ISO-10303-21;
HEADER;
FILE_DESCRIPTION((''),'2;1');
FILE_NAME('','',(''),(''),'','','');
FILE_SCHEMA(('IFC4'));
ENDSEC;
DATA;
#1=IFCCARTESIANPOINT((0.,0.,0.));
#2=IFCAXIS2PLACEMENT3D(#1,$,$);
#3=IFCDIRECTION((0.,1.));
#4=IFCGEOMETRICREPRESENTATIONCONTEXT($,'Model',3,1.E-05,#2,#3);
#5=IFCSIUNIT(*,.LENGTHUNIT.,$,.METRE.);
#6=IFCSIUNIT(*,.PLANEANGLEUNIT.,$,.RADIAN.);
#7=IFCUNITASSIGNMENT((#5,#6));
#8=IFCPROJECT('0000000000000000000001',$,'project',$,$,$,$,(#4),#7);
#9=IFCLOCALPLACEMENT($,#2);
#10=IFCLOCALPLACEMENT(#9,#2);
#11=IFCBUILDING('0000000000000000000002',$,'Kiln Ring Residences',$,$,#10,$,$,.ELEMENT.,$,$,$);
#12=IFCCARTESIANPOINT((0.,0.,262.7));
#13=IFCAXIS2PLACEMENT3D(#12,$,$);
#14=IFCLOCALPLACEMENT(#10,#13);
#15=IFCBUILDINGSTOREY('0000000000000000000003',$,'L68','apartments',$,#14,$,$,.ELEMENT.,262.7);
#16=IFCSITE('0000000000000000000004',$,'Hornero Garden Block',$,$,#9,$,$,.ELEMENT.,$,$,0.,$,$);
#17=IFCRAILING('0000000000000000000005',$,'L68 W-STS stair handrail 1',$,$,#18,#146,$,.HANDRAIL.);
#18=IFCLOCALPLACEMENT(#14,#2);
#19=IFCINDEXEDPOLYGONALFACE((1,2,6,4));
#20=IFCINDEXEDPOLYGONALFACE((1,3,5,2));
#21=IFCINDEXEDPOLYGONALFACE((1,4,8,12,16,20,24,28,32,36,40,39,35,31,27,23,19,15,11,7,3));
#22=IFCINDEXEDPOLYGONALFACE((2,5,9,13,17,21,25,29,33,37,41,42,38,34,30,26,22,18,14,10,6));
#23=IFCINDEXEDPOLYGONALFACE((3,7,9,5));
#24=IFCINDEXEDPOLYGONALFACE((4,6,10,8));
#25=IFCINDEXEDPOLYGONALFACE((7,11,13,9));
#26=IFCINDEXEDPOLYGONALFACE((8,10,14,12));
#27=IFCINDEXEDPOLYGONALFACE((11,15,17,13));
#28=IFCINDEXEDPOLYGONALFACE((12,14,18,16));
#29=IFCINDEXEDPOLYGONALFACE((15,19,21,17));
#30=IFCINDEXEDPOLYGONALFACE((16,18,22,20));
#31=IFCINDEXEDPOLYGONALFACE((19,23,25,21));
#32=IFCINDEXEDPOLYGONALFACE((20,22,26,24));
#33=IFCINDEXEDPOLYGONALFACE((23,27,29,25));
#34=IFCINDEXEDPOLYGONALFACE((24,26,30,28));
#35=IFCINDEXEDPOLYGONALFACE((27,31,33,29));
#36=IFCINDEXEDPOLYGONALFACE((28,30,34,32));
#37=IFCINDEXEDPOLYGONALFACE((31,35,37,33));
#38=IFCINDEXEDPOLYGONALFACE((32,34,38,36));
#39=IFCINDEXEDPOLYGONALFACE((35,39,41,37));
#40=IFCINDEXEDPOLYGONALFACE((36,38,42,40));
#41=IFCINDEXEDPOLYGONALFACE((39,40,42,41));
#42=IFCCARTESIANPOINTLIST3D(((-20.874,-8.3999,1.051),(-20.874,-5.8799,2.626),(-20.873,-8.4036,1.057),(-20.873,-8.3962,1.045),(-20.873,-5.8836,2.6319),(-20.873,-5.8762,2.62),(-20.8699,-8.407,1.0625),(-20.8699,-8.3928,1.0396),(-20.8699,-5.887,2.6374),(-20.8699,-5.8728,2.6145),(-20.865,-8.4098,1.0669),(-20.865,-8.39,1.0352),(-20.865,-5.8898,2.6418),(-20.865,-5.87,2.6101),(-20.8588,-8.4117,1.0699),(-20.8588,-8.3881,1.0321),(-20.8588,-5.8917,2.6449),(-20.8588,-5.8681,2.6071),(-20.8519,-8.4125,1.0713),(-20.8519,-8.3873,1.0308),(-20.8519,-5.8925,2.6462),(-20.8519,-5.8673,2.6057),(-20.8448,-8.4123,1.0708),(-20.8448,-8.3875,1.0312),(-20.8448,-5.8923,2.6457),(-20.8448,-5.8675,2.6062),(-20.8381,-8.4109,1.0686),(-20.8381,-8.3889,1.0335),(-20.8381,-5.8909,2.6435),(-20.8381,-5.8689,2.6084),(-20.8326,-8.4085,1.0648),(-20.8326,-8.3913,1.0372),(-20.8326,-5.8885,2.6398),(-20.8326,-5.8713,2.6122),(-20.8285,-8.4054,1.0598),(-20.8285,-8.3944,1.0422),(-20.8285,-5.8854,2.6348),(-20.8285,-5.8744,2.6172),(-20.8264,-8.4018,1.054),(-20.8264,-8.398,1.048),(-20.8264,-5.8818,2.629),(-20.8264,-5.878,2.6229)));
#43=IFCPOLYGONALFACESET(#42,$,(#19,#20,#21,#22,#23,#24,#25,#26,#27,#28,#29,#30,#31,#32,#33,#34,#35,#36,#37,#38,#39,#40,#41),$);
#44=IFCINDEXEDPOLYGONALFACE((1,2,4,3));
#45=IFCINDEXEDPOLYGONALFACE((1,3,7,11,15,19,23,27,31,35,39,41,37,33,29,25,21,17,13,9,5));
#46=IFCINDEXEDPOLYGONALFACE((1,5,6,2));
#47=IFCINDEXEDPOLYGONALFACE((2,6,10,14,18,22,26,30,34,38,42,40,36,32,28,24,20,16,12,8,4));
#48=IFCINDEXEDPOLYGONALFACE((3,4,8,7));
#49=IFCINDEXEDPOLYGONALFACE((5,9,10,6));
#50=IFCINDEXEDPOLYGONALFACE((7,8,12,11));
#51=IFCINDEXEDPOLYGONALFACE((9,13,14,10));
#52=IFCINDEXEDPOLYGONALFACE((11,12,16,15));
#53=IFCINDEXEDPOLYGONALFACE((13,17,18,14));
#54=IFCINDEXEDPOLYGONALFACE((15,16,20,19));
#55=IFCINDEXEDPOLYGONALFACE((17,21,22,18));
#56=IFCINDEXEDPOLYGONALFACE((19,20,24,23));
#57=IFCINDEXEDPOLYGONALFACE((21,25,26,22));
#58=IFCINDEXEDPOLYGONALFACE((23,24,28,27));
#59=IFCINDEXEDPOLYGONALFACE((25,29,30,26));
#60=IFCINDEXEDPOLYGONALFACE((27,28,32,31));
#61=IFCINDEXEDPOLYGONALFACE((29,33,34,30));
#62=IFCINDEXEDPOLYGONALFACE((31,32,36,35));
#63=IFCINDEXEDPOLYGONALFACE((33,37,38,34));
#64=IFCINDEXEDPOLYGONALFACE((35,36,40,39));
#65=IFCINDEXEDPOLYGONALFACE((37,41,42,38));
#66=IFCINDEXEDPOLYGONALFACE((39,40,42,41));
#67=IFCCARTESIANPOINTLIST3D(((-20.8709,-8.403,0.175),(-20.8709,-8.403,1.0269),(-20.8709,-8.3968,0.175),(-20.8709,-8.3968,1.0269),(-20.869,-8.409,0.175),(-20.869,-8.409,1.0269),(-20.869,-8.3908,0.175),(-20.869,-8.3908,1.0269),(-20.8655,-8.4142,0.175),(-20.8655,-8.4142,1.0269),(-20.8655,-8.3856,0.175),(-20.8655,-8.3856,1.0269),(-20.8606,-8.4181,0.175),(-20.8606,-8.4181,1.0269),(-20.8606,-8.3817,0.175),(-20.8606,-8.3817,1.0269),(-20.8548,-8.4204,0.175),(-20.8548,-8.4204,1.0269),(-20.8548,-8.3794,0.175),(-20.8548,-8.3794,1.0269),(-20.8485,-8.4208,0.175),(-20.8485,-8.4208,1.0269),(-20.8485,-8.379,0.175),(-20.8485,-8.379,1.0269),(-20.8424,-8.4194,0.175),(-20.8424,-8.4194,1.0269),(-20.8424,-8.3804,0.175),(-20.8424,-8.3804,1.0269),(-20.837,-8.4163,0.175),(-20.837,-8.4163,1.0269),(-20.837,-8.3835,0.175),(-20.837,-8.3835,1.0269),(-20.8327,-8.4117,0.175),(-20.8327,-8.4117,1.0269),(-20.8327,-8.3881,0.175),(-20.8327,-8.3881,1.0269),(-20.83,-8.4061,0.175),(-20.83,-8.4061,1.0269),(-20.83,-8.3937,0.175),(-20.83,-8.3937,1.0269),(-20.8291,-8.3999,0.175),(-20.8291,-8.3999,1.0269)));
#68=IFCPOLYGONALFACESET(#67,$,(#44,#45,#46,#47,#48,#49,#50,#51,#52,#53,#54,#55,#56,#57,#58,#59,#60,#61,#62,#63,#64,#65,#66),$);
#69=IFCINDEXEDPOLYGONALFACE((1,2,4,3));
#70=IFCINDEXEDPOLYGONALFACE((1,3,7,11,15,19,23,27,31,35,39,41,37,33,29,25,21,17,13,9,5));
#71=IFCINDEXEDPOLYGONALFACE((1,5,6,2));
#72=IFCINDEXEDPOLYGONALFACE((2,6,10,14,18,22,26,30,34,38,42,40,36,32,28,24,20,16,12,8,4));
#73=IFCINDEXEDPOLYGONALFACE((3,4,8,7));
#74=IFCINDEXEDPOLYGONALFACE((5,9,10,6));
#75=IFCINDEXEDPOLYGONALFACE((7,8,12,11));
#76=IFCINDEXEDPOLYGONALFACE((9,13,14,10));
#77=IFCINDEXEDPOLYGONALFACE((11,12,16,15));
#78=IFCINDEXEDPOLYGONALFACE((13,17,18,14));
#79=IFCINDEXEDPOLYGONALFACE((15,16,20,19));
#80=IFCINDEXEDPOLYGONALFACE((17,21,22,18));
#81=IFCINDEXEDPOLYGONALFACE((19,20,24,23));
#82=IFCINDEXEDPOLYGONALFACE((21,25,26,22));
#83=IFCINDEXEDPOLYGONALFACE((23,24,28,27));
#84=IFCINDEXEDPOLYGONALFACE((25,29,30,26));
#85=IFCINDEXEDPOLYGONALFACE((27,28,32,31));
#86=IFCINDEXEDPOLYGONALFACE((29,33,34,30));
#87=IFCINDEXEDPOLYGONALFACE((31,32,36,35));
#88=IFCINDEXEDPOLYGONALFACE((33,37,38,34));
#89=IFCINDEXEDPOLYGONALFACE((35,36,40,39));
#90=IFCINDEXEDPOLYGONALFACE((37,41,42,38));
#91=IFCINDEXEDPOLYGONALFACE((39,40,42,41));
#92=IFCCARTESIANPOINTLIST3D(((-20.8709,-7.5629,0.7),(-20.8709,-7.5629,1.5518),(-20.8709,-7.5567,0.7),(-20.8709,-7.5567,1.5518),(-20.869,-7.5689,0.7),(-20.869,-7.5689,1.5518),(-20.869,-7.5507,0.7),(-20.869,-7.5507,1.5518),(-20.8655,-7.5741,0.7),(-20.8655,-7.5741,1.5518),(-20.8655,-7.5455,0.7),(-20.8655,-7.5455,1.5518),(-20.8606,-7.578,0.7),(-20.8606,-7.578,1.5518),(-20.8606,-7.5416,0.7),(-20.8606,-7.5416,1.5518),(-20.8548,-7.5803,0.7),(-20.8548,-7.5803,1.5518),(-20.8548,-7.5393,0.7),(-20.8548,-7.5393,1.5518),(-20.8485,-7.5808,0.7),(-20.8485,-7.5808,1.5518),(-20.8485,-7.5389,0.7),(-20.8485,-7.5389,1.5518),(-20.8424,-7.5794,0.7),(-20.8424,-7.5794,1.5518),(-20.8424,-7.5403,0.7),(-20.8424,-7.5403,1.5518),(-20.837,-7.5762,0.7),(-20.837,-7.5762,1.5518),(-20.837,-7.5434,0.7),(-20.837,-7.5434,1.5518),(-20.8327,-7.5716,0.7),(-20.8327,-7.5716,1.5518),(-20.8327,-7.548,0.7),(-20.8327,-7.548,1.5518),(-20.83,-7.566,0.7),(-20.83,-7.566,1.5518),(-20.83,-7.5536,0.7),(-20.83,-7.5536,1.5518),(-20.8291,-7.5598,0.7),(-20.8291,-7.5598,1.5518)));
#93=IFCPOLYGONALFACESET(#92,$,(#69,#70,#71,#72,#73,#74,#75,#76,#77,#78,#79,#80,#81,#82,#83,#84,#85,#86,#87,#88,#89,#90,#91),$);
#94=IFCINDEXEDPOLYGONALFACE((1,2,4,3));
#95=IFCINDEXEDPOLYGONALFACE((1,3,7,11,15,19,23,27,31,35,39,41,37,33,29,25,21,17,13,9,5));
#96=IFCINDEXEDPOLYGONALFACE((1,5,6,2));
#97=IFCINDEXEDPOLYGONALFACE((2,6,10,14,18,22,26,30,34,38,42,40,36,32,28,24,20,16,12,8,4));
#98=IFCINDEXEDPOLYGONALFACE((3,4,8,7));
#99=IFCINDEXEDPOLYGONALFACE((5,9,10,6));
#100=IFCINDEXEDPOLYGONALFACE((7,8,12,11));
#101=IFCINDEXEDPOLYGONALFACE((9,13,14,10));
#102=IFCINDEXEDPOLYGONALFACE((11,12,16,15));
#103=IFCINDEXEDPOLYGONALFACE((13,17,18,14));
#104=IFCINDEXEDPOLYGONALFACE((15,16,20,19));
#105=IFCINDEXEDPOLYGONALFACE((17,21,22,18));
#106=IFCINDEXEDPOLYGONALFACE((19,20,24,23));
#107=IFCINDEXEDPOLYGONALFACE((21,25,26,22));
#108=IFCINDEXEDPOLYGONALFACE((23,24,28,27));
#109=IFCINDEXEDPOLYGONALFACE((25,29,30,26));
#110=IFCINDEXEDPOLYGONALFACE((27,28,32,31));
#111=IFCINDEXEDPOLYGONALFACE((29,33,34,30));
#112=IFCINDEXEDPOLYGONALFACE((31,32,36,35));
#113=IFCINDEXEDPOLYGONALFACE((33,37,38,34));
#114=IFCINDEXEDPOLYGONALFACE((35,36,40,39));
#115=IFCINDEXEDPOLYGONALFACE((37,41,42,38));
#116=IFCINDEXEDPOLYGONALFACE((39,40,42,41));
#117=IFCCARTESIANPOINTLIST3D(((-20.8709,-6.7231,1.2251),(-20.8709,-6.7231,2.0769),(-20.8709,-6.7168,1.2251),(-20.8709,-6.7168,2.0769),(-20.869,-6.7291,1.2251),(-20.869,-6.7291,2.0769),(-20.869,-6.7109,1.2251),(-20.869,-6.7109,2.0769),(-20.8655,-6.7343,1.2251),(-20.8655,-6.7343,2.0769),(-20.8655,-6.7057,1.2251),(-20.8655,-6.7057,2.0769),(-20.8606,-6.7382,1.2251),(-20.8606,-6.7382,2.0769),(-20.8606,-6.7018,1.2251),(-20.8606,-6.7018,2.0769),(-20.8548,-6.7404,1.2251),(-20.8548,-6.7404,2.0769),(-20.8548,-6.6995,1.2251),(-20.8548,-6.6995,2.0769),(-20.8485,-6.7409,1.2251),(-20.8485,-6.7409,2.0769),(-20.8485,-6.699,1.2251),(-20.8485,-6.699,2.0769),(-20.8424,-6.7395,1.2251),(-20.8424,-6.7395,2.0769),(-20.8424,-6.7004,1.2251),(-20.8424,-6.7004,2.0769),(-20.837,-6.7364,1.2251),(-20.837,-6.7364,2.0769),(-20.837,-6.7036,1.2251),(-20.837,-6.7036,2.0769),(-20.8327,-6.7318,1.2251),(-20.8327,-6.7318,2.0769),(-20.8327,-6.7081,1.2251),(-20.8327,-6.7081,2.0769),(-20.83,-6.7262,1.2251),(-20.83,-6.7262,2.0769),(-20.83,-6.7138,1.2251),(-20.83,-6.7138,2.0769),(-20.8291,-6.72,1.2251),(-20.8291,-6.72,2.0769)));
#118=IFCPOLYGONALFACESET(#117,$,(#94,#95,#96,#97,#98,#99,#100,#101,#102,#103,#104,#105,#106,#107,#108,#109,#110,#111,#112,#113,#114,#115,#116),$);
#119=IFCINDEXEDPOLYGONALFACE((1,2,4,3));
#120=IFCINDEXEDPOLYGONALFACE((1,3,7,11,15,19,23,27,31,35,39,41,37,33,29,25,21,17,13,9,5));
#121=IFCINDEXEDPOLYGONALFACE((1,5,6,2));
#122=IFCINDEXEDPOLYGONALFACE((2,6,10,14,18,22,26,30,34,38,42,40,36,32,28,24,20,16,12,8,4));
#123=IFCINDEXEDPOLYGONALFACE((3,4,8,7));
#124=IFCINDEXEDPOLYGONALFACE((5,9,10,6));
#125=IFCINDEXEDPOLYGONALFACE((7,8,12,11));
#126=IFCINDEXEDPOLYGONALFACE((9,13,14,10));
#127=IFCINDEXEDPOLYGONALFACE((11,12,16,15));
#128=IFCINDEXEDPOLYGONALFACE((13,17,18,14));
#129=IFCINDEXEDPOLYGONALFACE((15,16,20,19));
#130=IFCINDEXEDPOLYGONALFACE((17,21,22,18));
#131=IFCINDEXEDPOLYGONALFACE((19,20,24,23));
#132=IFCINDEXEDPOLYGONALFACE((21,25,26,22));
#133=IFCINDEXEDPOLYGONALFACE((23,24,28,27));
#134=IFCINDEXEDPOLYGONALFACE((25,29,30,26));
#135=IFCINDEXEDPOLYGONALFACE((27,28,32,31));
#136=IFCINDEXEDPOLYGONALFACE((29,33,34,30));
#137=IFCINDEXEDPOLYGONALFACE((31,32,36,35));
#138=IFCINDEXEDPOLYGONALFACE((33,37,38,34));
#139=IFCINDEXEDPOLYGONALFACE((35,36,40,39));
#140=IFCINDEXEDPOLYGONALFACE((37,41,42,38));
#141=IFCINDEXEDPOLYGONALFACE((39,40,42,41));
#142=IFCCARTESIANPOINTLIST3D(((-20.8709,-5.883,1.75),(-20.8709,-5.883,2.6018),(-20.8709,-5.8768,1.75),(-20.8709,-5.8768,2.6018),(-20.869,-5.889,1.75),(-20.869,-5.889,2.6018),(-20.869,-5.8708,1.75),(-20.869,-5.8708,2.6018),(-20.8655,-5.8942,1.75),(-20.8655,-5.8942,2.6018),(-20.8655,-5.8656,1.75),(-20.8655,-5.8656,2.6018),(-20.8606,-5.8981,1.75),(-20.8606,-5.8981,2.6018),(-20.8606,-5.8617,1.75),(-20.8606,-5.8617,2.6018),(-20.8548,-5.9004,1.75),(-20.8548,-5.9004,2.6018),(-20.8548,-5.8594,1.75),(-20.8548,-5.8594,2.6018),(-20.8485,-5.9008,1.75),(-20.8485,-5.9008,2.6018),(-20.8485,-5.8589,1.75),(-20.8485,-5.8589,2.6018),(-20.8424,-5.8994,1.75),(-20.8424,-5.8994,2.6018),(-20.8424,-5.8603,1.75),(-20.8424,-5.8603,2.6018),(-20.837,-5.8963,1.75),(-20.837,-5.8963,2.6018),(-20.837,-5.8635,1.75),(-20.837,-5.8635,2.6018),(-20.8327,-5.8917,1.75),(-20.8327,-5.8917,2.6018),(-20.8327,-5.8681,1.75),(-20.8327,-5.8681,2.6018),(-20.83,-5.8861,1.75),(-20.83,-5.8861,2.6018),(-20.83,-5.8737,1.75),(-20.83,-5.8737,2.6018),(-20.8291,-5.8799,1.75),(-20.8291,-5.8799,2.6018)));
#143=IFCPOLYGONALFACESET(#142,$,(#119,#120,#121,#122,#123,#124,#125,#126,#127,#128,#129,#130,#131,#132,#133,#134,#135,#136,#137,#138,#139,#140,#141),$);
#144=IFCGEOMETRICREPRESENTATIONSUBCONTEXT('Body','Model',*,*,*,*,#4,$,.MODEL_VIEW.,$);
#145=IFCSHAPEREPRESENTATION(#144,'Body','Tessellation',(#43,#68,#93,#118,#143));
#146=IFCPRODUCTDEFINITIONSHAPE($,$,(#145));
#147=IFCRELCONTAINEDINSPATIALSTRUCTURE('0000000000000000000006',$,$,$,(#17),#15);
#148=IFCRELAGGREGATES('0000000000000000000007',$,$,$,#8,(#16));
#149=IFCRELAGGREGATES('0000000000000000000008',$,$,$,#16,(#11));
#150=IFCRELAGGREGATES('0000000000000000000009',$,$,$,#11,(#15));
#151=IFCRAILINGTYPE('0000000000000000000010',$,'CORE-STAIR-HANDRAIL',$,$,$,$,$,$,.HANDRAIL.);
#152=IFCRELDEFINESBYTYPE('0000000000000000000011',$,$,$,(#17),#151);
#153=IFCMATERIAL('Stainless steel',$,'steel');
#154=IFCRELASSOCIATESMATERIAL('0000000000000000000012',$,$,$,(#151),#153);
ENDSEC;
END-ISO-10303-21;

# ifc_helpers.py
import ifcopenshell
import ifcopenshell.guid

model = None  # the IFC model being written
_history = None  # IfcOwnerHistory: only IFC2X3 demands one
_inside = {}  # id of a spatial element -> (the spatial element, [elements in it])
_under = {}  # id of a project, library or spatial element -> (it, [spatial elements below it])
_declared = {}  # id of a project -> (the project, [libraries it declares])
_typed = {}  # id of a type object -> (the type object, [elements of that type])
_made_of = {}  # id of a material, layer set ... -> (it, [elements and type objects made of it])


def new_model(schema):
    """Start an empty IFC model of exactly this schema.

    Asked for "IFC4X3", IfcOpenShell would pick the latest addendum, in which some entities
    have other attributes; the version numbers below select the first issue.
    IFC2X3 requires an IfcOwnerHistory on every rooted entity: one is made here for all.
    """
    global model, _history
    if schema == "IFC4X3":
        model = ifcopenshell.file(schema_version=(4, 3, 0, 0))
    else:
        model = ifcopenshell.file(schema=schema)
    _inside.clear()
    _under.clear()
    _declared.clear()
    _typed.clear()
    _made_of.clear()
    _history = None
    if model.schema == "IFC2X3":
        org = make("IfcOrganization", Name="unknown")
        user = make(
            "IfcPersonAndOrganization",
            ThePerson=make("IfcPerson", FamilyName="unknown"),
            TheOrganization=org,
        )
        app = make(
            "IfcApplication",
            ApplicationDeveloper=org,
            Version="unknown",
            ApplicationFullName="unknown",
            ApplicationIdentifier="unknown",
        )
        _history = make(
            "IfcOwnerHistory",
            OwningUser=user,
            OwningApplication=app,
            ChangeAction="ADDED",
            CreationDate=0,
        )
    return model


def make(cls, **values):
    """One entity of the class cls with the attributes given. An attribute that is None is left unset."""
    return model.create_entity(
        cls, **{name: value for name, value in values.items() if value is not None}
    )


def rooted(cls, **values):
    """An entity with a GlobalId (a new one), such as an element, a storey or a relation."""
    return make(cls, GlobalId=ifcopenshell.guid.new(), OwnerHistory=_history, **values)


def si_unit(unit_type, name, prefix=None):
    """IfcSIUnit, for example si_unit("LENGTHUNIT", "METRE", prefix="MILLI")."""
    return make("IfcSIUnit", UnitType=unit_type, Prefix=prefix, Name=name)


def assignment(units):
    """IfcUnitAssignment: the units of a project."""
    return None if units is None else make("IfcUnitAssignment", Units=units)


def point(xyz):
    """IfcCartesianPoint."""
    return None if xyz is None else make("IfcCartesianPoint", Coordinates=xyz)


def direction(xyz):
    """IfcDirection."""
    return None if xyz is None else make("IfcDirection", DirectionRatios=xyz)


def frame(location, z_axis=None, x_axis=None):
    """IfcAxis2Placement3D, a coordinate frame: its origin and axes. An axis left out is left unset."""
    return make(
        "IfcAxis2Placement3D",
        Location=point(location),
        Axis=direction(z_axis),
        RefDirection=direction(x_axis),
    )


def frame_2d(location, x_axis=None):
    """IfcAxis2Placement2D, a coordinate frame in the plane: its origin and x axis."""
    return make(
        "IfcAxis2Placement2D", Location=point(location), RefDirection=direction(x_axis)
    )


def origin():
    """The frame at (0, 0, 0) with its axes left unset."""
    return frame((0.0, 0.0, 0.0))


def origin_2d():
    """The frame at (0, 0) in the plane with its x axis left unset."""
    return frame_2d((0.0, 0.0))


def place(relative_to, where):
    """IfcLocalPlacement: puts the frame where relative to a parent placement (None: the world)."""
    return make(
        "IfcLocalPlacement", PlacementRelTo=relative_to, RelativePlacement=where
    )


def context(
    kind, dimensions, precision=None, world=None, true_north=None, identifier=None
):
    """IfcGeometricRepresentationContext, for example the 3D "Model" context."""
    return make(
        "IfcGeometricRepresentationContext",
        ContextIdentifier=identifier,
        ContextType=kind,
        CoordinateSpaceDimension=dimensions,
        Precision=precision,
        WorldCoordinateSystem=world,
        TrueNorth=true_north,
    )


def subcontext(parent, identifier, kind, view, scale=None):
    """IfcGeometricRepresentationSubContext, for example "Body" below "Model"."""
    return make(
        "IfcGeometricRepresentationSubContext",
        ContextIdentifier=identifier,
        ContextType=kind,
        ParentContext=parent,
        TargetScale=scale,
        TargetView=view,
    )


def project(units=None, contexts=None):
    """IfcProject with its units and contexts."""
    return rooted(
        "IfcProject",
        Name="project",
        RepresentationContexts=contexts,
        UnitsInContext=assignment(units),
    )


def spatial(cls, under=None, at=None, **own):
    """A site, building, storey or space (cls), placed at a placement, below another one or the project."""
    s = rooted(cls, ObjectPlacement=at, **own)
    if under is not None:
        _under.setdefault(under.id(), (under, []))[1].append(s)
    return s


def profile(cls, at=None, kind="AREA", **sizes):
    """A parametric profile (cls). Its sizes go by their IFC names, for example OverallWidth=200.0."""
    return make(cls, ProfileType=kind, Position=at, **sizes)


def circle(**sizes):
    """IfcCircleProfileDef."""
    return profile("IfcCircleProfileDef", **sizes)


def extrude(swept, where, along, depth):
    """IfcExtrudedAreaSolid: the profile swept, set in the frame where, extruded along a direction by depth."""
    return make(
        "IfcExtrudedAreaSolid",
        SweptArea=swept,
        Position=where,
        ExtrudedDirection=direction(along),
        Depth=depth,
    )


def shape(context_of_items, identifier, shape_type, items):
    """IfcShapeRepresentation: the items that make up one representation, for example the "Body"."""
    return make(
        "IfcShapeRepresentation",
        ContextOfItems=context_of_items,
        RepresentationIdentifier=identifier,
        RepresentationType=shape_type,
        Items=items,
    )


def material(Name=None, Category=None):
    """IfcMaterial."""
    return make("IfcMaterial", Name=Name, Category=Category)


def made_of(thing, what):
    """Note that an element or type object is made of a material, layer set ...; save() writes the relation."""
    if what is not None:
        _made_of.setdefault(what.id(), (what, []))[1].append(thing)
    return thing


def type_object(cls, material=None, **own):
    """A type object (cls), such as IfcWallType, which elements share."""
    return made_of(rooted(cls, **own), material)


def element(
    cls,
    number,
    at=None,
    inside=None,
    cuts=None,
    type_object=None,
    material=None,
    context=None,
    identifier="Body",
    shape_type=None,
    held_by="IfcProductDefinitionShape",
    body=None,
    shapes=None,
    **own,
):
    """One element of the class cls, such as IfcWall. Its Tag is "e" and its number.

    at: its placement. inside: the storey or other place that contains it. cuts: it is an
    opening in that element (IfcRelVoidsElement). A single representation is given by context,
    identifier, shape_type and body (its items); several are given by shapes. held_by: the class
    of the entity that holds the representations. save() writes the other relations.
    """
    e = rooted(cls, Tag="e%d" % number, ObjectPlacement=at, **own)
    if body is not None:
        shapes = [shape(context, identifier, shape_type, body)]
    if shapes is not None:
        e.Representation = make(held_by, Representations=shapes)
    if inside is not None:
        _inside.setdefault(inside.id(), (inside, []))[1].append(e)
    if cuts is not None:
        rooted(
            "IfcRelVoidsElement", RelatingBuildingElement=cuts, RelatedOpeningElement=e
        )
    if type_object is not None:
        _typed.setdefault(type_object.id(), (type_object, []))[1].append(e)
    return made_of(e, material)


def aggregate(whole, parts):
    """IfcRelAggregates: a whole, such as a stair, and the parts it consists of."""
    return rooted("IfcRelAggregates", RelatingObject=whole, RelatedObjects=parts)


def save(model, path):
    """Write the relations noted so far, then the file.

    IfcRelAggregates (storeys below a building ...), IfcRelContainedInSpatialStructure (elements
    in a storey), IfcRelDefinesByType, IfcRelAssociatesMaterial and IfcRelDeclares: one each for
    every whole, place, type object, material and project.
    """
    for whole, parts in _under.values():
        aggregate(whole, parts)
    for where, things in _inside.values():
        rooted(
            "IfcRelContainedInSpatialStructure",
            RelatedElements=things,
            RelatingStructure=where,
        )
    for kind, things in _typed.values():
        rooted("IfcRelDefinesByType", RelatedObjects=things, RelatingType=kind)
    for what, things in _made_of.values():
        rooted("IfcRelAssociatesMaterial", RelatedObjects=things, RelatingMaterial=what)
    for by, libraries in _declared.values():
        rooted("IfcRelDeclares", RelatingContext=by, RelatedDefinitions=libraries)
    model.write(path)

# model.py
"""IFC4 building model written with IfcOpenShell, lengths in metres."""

from ifc_helpers import new_model, si_unit, direction, frame, origin, origin_2d, place, context, subcontext, project, spatial, circle, extrude, material, type_object, element, save


model = new_model("IFC4")

# Units and contexts
model_context = context("Model", 3, precision=1e-05, world=origin(), true_north=direction((0.0, 1.0)))
body_context = subcontext(model_context, "Body", "Model", "MODEL_VIEW")
ifc_project = project(units=[si_unit("LENGTHUNIT", "METRE"), si_unit("PLANEANGLEUNIT", "RADIAN")], contexts=[model_context])

# Site, building, storey
site_placement = place(None, origin())
site = spatial("IfcSite", under=ifc_project, at=site_placement, Name="Hornero Garden Block", CompositionType="ELEMENT", RefElevation=0.0)
building_placement = place(site_placement, origin())
building = spatial("IfcBuilding", under=site, at=building_placement, Name="Kiln Ring Residences", CompositionType="ELEMENT")
storey_placement = place(building_placement, frame((0.0, 0.0, 262.7)))
storey = spatial("IfcBuildingStorey", under=building, at=storey_placement, Name="L68", Description="apartments", CompositionType="ELEMENT", Elevation=262.7)

# Railing
ifc_material_1 = material(Name="Stainless steel", Category="steel")
railing_type_1 = type_object("IfcRailingType", Name="CORE-STAIR-HANDRAIL", PredefinedType="HANDRAIL", material=ifc_material_1)
railing_1_placement = place(storey_placement, frame((-20.8501, -8.3999, 0.175)))
element("IfcRailing", 1, at=railing_1_placement, inside=storey, type_object=railing_type_1, Name="L68 W-STS stair handrail 1", PredefinedType="HANDRAIL", context=body_context, shape_type="SweptSolid", body=[
    extrude(circle(Radius=0.0239, at=origin_2d()), frame((0.0, 0.0, 0.876), z_axis=(0.0, 0.848008, 0.529984), x_axis=(-1.0, 0.0, 0.0)), (0.0, 0.0, 1.0), 2.9717),
    extrude(circle(Radius=0.021, at=origin_2d()), origin(), (0.0, 0.0, 1.0), 0.8518),
    extrude(circle(Radius=0.021, at=origin_2d()), frame((0.0, 0.8401, 0.5249)), (0.0, 0.0, 1.0), 0.8518),
    extrude(circle(Radius=0.021, at=origin_2d()), frame((0.0, 1.6799, 1.05)), (0.0, 0.0, 1.0), 0.8518),
    extrude(circle(Radius=0.021, at=origin_2d()), frame((0.0, 2.52, 1.575)), (0.0, 0.0, 1.0), 0.8518),
])

save(model, "model.ifc")
